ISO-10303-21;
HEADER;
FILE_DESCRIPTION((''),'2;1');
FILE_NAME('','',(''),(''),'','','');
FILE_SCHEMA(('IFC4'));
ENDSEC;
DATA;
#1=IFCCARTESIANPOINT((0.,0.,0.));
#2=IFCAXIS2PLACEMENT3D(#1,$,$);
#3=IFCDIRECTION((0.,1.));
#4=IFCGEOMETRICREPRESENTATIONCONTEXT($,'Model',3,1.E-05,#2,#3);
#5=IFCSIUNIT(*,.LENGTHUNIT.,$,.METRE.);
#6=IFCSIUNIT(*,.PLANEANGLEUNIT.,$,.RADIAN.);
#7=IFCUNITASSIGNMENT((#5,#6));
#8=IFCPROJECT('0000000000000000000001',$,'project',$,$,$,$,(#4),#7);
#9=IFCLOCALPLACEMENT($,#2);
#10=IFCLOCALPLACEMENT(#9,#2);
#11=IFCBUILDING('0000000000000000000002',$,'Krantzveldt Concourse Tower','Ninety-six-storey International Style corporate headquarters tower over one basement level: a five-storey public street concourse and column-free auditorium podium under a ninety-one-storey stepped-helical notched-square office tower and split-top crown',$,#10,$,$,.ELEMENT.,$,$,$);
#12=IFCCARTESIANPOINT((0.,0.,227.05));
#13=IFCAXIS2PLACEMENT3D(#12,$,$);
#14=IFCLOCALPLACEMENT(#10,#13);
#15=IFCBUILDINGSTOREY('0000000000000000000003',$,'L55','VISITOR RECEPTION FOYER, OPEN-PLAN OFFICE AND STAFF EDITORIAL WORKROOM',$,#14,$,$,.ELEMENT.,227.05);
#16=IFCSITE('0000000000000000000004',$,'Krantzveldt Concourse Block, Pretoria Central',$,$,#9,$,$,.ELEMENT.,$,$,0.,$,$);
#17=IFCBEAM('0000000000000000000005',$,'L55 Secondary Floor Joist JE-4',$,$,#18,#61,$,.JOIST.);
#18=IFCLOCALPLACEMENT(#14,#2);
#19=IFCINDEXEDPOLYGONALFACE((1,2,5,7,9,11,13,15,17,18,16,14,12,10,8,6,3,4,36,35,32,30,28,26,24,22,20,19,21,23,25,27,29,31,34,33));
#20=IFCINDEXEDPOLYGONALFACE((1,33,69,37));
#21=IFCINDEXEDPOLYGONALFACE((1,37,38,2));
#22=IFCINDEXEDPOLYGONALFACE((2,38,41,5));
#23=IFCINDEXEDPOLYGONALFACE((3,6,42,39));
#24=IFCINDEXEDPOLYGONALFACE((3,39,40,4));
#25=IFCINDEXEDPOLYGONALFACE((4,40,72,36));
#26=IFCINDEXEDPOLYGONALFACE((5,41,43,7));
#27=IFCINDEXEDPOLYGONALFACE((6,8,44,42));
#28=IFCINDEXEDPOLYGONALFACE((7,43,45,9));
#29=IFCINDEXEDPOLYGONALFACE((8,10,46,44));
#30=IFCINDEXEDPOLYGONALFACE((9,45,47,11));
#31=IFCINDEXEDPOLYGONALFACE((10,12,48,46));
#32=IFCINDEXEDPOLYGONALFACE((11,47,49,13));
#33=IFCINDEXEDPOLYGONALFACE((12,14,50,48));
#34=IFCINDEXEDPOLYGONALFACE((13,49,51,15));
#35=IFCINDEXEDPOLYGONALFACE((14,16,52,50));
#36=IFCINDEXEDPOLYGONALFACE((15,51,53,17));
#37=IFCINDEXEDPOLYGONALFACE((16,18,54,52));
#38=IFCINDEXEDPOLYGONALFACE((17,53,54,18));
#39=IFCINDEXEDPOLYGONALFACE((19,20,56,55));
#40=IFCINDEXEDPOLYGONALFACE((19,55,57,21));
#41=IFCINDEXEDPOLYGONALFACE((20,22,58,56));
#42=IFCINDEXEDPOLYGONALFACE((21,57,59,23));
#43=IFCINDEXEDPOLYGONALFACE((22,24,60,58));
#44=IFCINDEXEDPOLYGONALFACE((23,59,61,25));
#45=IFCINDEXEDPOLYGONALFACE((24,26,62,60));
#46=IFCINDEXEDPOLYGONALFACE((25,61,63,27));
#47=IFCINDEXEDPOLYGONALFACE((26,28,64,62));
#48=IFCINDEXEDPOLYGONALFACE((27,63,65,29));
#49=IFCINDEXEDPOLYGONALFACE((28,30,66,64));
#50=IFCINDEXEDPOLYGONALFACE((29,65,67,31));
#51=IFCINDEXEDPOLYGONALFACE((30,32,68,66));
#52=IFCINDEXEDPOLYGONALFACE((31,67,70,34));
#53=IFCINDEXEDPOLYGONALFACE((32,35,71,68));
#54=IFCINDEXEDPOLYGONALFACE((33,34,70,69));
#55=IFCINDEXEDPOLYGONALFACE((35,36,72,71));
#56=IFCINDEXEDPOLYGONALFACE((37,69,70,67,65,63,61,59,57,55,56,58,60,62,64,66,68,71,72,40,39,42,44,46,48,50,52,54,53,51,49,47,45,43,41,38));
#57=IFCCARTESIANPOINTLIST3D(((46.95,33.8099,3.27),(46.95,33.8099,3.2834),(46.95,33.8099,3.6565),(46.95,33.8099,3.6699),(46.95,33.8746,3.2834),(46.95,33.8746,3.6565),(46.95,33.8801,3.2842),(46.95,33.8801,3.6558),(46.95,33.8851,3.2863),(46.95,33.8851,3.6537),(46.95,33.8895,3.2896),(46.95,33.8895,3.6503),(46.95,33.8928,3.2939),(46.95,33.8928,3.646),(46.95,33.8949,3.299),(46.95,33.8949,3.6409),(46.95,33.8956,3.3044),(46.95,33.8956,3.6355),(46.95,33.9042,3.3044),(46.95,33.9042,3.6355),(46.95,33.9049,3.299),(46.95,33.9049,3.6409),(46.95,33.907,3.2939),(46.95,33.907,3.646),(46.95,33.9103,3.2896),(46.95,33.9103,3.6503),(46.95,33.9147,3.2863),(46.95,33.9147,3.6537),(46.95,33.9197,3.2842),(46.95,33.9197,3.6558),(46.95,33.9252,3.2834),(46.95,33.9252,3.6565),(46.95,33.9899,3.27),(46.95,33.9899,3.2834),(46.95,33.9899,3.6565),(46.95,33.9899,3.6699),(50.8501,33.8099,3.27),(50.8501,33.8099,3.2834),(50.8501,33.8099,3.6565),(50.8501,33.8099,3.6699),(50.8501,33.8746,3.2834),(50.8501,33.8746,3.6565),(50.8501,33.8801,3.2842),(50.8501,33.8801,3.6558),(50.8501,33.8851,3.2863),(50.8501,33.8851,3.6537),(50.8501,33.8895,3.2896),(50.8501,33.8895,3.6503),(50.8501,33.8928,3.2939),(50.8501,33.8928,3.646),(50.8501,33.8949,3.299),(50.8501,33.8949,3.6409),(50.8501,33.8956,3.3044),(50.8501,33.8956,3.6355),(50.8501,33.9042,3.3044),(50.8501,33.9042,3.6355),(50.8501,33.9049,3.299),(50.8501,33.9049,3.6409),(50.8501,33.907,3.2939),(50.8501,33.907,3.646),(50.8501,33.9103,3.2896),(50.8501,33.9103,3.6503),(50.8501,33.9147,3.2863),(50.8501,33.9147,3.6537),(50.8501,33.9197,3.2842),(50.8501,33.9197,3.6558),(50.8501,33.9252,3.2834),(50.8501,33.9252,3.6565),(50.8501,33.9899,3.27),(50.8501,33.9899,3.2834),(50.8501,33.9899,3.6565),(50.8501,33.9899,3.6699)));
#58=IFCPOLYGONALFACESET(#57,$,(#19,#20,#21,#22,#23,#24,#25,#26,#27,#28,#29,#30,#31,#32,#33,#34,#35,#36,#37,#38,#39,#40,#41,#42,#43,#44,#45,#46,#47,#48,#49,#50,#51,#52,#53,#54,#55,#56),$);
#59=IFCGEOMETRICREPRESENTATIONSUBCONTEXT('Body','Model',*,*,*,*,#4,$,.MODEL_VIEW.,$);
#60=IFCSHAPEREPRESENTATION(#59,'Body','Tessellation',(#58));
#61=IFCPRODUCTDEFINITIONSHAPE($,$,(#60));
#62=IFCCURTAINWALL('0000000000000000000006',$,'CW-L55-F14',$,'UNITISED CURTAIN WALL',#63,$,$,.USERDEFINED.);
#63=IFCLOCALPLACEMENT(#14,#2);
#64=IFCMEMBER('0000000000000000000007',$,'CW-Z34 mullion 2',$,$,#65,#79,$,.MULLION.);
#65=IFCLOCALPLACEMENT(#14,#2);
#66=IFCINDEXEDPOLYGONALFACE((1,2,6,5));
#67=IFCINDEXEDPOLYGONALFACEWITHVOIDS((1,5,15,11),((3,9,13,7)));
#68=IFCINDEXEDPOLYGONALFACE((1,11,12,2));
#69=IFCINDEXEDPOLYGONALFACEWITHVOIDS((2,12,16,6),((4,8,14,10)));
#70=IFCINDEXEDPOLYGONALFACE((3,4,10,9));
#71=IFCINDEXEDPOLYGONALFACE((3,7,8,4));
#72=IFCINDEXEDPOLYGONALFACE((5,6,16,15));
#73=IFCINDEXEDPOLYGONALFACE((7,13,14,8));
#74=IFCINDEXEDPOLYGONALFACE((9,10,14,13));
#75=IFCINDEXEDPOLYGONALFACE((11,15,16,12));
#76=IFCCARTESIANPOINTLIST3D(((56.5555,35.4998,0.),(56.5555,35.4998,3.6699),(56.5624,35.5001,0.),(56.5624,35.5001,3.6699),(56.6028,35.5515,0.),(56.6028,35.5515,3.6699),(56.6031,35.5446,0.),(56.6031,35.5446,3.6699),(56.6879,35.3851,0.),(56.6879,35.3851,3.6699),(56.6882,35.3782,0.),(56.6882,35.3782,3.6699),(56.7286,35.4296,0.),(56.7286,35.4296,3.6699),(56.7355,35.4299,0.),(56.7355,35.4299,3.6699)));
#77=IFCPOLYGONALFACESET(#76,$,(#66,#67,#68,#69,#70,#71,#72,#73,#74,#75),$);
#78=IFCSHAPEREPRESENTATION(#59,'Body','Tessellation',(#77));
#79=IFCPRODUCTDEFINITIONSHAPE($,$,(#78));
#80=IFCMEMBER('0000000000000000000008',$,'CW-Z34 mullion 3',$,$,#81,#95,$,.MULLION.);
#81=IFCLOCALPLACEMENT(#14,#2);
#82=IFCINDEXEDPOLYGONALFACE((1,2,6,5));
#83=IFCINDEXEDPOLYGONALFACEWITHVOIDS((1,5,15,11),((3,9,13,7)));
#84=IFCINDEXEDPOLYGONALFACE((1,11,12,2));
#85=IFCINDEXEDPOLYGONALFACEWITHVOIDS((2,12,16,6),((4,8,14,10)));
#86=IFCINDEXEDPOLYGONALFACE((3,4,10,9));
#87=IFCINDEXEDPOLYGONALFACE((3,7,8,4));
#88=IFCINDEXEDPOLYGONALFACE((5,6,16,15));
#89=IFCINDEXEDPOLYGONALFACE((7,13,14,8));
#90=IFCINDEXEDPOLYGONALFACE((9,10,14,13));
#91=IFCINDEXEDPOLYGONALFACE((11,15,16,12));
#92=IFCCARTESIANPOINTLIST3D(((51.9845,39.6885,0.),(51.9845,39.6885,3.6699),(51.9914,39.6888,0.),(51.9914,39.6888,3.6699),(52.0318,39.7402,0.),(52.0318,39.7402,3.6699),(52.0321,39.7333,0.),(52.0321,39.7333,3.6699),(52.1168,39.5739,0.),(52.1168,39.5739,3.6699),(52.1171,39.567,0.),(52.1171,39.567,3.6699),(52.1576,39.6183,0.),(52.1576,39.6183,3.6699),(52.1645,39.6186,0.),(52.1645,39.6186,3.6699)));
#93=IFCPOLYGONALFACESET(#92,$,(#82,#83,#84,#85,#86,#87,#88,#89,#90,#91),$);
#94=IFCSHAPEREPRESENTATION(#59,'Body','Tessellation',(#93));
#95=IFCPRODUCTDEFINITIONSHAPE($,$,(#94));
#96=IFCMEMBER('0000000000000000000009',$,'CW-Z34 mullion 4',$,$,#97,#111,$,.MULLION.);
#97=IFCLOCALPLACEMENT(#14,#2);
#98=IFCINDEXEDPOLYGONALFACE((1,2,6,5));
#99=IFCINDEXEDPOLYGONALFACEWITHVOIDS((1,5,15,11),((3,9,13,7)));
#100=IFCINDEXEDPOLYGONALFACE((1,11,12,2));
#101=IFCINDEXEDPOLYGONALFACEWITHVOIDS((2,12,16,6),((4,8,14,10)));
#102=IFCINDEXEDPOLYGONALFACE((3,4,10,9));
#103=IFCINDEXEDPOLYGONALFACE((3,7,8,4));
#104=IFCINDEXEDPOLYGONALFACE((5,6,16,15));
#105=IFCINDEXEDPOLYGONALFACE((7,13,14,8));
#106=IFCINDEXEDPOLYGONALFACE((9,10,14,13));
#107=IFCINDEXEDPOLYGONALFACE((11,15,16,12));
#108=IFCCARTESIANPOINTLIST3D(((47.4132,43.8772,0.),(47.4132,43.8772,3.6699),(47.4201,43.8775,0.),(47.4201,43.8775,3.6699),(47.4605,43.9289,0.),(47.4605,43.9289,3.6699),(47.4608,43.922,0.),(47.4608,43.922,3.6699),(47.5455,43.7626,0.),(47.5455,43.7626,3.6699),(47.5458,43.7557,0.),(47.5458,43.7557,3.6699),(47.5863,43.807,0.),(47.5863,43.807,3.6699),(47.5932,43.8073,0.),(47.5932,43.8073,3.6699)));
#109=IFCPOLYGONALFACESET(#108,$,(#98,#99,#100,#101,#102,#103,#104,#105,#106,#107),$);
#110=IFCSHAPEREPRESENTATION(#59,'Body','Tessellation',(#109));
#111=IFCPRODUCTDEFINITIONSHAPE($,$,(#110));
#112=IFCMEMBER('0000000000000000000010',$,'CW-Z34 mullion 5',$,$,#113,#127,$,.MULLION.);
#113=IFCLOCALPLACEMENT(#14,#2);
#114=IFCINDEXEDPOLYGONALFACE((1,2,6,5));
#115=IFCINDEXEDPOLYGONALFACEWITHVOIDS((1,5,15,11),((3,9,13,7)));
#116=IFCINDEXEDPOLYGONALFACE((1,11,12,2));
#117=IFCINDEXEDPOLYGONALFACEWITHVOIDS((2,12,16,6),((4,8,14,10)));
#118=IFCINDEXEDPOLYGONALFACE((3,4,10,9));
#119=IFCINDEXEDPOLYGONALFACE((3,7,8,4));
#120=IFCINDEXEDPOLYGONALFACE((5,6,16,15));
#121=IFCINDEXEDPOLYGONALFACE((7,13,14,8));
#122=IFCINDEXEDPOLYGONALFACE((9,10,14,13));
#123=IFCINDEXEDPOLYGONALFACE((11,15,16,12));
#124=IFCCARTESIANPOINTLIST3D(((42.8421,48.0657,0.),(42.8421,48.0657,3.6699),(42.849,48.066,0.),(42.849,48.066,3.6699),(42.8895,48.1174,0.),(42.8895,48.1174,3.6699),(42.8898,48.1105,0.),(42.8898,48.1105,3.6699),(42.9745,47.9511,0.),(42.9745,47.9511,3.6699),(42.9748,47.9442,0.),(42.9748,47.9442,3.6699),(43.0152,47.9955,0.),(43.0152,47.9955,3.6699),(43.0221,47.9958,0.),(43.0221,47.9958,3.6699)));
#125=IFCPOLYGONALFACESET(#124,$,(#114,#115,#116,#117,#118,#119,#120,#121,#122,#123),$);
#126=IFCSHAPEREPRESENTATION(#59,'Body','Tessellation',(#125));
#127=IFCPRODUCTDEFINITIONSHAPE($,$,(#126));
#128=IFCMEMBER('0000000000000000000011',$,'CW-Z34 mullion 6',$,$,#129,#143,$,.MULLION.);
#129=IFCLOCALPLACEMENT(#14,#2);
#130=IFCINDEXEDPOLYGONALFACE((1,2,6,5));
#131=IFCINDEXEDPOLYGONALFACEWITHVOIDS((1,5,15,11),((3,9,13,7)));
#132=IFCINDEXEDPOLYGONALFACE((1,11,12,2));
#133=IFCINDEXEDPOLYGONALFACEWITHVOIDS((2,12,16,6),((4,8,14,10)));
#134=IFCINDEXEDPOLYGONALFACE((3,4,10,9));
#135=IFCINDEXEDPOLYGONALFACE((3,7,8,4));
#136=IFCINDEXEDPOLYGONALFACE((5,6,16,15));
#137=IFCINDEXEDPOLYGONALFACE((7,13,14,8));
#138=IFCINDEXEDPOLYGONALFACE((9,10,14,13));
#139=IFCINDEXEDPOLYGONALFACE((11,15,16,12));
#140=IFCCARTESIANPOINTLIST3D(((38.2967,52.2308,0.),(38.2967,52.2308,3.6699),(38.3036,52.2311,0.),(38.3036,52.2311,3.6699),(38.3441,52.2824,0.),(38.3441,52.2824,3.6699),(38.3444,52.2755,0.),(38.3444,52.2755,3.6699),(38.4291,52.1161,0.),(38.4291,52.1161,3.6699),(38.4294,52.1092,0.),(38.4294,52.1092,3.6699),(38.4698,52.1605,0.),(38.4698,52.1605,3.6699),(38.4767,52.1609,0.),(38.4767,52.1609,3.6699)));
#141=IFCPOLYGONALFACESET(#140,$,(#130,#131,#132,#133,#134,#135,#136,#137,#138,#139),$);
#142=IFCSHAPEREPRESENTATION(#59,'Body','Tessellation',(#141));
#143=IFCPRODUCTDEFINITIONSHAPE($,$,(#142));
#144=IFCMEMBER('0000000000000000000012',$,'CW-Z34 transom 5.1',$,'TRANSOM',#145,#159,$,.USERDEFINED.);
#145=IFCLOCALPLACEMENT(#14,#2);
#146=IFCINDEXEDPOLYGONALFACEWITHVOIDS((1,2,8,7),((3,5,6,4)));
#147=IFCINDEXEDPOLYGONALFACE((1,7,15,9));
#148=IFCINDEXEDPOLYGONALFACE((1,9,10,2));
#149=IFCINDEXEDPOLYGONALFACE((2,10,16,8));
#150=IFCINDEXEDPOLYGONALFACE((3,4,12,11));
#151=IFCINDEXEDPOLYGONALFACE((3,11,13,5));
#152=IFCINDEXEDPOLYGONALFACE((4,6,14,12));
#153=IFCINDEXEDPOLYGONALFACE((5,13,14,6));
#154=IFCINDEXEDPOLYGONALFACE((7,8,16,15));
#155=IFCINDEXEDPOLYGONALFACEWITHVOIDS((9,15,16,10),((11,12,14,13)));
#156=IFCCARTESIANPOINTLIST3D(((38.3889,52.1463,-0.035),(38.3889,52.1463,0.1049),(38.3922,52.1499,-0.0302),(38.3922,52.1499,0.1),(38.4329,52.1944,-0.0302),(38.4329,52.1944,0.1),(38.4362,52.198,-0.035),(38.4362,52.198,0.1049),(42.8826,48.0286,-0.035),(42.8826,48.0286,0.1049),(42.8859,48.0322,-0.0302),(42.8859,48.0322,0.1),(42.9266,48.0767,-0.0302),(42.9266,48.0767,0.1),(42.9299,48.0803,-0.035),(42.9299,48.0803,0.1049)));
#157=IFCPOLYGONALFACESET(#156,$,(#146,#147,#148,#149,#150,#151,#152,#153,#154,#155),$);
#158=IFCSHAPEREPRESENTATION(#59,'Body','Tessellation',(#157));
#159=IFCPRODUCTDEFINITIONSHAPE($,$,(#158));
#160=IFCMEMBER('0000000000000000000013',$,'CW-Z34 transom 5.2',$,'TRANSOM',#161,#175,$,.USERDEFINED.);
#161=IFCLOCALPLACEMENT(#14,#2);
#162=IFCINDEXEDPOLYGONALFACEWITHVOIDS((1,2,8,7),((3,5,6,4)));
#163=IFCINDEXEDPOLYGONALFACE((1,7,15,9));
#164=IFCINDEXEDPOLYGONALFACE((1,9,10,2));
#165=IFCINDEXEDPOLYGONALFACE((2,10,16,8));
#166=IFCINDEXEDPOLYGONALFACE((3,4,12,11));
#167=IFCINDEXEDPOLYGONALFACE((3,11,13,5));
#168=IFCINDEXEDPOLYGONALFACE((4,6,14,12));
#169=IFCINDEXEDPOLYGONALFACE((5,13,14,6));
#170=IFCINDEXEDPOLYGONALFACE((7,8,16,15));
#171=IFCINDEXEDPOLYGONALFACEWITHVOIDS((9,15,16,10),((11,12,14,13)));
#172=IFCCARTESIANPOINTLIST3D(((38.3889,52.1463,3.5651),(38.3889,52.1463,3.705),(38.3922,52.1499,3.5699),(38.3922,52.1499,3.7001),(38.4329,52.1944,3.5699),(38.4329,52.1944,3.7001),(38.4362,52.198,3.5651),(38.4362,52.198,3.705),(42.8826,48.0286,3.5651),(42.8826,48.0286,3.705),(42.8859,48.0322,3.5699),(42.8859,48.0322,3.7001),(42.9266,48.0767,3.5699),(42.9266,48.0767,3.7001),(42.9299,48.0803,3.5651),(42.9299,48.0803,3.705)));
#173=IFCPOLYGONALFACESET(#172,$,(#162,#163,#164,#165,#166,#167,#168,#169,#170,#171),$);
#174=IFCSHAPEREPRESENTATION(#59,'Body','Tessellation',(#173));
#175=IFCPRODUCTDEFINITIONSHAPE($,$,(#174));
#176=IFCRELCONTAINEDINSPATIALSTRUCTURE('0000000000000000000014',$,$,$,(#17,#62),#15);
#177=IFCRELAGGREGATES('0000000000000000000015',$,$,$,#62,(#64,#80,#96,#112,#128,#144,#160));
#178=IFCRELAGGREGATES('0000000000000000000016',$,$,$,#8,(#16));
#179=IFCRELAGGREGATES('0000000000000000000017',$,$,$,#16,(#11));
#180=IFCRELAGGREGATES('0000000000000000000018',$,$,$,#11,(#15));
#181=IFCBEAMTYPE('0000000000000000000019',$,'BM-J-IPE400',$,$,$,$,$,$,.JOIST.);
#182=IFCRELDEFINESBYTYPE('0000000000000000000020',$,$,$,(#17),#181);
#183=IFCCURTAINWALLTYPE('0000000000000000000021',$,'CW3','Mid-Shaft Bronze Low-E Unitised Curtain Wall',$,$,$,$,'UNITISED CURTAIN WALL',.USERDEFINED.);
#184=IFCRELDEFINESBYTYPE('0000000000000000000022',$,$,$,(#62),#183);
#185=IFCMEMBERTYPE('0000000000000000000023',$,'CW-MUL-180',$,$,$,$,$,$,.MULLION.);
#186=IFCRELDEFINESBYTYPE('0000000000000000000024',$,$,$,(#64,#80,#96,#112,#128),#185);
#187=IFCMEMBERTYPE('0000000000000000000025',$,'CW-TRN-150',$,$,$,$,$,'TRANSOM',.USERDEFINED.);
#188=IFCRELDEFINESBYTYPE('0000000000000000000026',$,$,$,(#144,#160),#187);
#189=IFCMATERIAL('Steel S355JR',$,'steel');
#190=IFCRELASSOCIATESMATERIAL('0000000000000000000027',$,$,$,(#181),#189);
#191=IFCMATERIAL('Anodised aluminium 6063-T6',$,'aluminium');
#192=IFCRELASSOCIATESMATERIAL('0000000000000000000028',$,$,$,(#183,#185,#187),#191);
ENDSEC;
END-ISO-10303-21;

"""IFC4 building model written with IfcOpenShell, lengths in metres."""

from ifc_helpers import new_model, si_unit, direction, frame, origin, origin_2d, place, context, subcontext, project, spatial, hollow_rectangle, i_section, extrude, source, transform, mapped, material, material_profile, profile_set, type_object, type_shapes, element, aggregate, save


model = new_model("IFC4")

# Units and contexts
model_context = context("Model", 3, precision=1e-05, world=origin(), true_north=direction((0.0, 1.0)))
body_context = subcontext(model_context, "Body", "Model", "MODEL_VIEW")
ifc_project = project(units=[si_unit("LENGTHUNIT", "METRE"), si_unit("PLANEANGLEUNIT", "RADIAN")], contexts=[model_context])

# Site, building, storey
site_placement = place(None, origin())
site = spatial("IfcSite", under=ifc_project, at=site_placement, Name="Krantzveldt Concourse Block, Pretoria Central", CompositionType="ELEMENT", RefElevation=0.0)
building_placement = place(site_placement, origin())
building = spatial("IfcBuilding", under=site, at=building_placement, Name="Krantzveldt Concourse Tower", Description="Ninety-six-storey International Style corporate headquarters tower over one basement level: a five-storey public street concourse and column-free auditorium podium under a ninety-one-storey stepped-helical notched-square office tower and split-top crown", CompositionType="ELEMENT")
storey_placement = place(building_placement, frame((0.0, 0.0, 227.05)))
storey = spatial("IfcBuildingStorey", under=building, at=storey_placement, Name="L55", Description="VISITOR RECEPTION FOYER, OPEN-PLAN OFFICE AND STAFF EDITORIAL WORKROOM", CompositionType="ELEMENT", Elevation=227.05)

# Beam
ifc_material_1 = material(Name="Steel S355JR", Category="steel")
ifc_material_profile_1 = material_profile(ifc_material_1, i_section(OverallWidth=0.1799, OverallDepth=0.3999, WebThickness=0.0085, FlangeThickness=0.0134, FilletRadius=0.021, at=origin_2d()), Name="Steel S355JR", Category="steel")
ifc_profile_set_1 = profile_set([ifc_material_profile_1], Name="Steel S355JR - IPE 400")
beam_type_1 = type_object("IfcBeamType", Name="BM-J-IPE400", PredefinedType="JOIST", material=ifc_profile_set_1)
shared_shape_1 = source(origin(), body_context, "Body", "SweptSolid", [
    extrude(i_section(OverallWidth=0.1799, OverallDepth=0.3999, WebThickness=0.0085, FlangeThickness=0.0134, FilletRadius=0.021, at=origin_2d()), origin(), (0.0, 0.0, 1.0), 3.9001),
])
type_shapes(beam_type_1, [shared_shape_1])
beam_1_placement = place(storey_placement, frame((46.95, 33.8999, 3.47), z_axis=(1.0, 0.0, 0.0), x_axis=(0.0, 1.0, 0.0)))
element("IfcBeam", 1, at=beam_1_placement, inside=storey, type_object=beam_type_1, Name="L55 Secondary Floor Joist JE-4", PredefinedType="JOIST", context=body_context, shape_type="MappedRepresentation", body=[
    mapped(shared_shape_1, transform((0.0, 0.0, 0.0), x_axis=(1.0, 0.0, 0.0), y_axis=(0.0, 1.0, 0.0), z_axis=(0.0, 0.0, 1.0), scale=1.0)),
])

# Curtain wall, members
ifc_material_2 = material(Name="Anodised aluminium 6063-T6", Category="aluminium")
curtain_wall_type = type_object("IfcCurtainWallType", Name="CW3", Description="Mid-Shaft Bronze Low-E Unitised Curtain Wall", ElementType="UNITISED CURTAIN WALL", PredefinedType="USERDEFINED", material=ifc_material_2)
curtain_wall_placement = place(storey_placement, origin())
curtain_wall = element("IfcCurtainWall", 2, at=curtain_wall_placement, inside=storey, type_object=curtain_wall_type, Name="CW-L55-F14", ObjectType="UNITISED CURTAIN WALL", PredefinedType="USERDEFINED")
ifc_material_profile_2 = material_profile(ifc_material_2, hollow_rectangle(XDim=0.0701, YDim=0.1799, WallThickness=0.0049, at=origin_2d()), Name="Anodised aluminium 6063-T6", Category="aluminium")
ifc_profile_set_2 = profile_set([ifc_material_profile_2], Name="Anodised aluminium 6063-T6 - ALU-MULL 180x70x5")
member_type_1 = type_object("IfcMemberType", Name="CW-MUL-180", PredefinedType="MULLION", material=ifc_profile_set_2)
shared_shape_2 = source(origin(), body_context, "Body", "SweptSolid", [
    extrude(hollow_rectangle(XDim=0.0701, YDim=0.1799, WallThickness=0.0049, at=origin_2d()), origin(), (0.0, 0.0, 1.0), 3.6699),
])
type_shapes(member_type_1, [shared_shape_2])
member_1_placement = place(storey_placement, frame((56.6455, 35.4648, 0.0), z_axis=(0.0, 0.0, 1.0), x_axis=(-0.67559, -0.737277, 0.0)))
member_1 = element("IfcMember", 3, at=member_1_placement, type_object=member_type_1, Name="CW-Z34 mullion 2", PredefinedType="MULLION", context=body_context, shape_type="MappedRepresentation", body=[
    mapped(shared_shape_2, transform((0.0, 0.0, 0.0), x_axis=(1.0, 0.0, 0.0), y_axis=(0.0, 1.0, 0.0), z_axis=(0.0, 0.0, 1.0), scale=1.0)),
])
member_2_placement = place(storey_placement, frame((52.0745, 39.6536, 0.0), z_axis=(0.0, 0.0, 1.0), x_axis=(-0.67559, -0.737277, 0.0)))
member_2 = element("IfcMember", 4, at=member_2_placement, type_object=member_type_1, Name="CW-Z34 mullion 3", PredefinedType="MULLION", context=body_context, shape_type="MappedRepresentation", body=[
    mapped(shared_shape_2, transform((0.0, 0.0, 0.0), x_axis=(1.0, 0.0, 0.0), y_axis=(0.0, 1.0, 0.0), z_axis=(0.0, 0.0, 1.0), scale=1.0)),
])
member_3_placement = place(storey_placement, frame((47.5032, 43.8423, 0.0), z_axis=(0.0, 0.0, 1.0), x_axis=(-0.67559, -0.737277, 0.0)))
member_3 = element("IfcMember", 5, at=member_3_placement, type_object=member_type_1, Name="CW-Z34 mullion 4", PredefinedType="MULLION", context=body_context, shape_type="MappedRepresentation", body=[
    mapped(shared_shape_2, transform((0.0, 0.0, 0.0), x_axis=(1.0, 0.0, 0.0), y_axis=(0.0, 1.0, 0.0), z_axis=(0.0, 0.0, 1.0), scale=1.0)),
])
member_4_placement = place(storey_placement, frame((42.9321, 48.0308, 0.0), z_axis=(0.0, 0.0, 1.0), x_axis=(-0.67559, -0.737277, 0.0)))
member_4 = element("IfcMember", 6, at=member_4_placement, type_object=member_type_1, Name="CW-Z34 mullion 5", PredefinedType="MULLION", context=body_context, shape_type="MappedRepresentation", body=[
    mapped(shared_shape_2, transform((0.0, 0.0, 0.0), x_axis=(1.0, 0.0, 0.0), y_axis=(0.0, 1.0, 0.0), z_axis=(0.0, 0.0, 1.0), scale=1.0)),
])
member_5_placement = place(storey_placement, frame((38.3867, 52.1958, 0.0), z_axis=(0.0, 0.0, 1.0), x_axis=(-0.67559, -0.737277, 0.0)))
member_5 = element("IfcMember", 7, at=member_5_placement, type_object=member_type_1, Name="CW-Z34 mullion 6", PredefinedType="MULLION", context=body_context, shape_type="MappedRepresentation", body=[
    mapped(shared_shape_2, transform((0.0, 0.0, 0.0), x_axis=(1.0, 0.0, 0.0), y_axis=(0.0, 1.0, 0.0), z_axis=(0.0, 0.0, 1.0), scale=1.0)),
])
ifc_material_profile_3 = material_profile(ifc_material_2, hollow_rectangle(XDim=0.0701, YDim=0.1399, WallThickness=0.0049, at=origin_2d()), Name="Anodised aluminium 6063-T6", Category="aluminium")
ifc_profile_set_3 = profile_set([ifc_material_profile_3], Name="Anodised aluminium 6063-T6 - ALU-TRAN 140x70x5")
member_type_2 = type_object("IfcMemberType", Name="CW-TRN-150", ElementType="TRANSOM", PredefinedType="USERDEFINED", material=ifc_profile_set_3)
shared_shape_3 = source(origin(), body_context, "Body", "SweptSolid", [
    extrude(hollow_rectangle(XDim=0.0701, YDim=0.1399, WallThickness=0.0049, at=origin_2d()), origin(), (0.0, 0.0, 1.0), 6.095),
])
member_6_placement = place(storey_placement, frame((42.9062, 48.0544, 0.0349), z_axis=(-0.737277, 0.67559, 0.0), x_axis=(-0.67559, -0.737277, 0.0)))
member_6 = element("IfcMember", 8, at=member_6_placement, type_object=member_type_2, Name="CW-Z34 transom 5.1", ObjectType="TRANSOM", PredefinedType="USERDEFINED", context=body_context, shape_type="MappedRepresentation", body=[
    mapped(shared_shape_3, transform((0.0, 0.0, 0.0), x_axis=(1.0, 0.0, 0.0), y_axis=(0.0, 1.0, 0.0), z_axis=(0.0, 0.0, 1.0), scale=1.0)),
])
member_7_placement = place(storey_placement, frame((42.9062, 48.0544, 3.635), z_axis=(-0.737277, 0.67559, 0.0), x_axis=(-0.67559, -0.737277, 0.0)))
member_7 = element("IfcMember", 9, at=member_7_placement, type_object=member_type_2, Name="CW-Z34 transom 5.2", ObjectType="TRANSOM", PredefinedType="USERDEFINED", context=body_context, shape_type="MappedRepresentation", body=[
    mapped(shared_shape_3, transform((0.0, 0.0, 0.0), x_axis=(1.0, 0.0, 0.0), y_axis=(0.0, 1.0, 0.0), z_axis=(0.0, 0.0, 1.0), scale=1.0)),
])
aggregate(curtain_wall, [member_1, member_2, member_3, member_4, member_5, member_6, member_7])

save(model, "model.ifc")
